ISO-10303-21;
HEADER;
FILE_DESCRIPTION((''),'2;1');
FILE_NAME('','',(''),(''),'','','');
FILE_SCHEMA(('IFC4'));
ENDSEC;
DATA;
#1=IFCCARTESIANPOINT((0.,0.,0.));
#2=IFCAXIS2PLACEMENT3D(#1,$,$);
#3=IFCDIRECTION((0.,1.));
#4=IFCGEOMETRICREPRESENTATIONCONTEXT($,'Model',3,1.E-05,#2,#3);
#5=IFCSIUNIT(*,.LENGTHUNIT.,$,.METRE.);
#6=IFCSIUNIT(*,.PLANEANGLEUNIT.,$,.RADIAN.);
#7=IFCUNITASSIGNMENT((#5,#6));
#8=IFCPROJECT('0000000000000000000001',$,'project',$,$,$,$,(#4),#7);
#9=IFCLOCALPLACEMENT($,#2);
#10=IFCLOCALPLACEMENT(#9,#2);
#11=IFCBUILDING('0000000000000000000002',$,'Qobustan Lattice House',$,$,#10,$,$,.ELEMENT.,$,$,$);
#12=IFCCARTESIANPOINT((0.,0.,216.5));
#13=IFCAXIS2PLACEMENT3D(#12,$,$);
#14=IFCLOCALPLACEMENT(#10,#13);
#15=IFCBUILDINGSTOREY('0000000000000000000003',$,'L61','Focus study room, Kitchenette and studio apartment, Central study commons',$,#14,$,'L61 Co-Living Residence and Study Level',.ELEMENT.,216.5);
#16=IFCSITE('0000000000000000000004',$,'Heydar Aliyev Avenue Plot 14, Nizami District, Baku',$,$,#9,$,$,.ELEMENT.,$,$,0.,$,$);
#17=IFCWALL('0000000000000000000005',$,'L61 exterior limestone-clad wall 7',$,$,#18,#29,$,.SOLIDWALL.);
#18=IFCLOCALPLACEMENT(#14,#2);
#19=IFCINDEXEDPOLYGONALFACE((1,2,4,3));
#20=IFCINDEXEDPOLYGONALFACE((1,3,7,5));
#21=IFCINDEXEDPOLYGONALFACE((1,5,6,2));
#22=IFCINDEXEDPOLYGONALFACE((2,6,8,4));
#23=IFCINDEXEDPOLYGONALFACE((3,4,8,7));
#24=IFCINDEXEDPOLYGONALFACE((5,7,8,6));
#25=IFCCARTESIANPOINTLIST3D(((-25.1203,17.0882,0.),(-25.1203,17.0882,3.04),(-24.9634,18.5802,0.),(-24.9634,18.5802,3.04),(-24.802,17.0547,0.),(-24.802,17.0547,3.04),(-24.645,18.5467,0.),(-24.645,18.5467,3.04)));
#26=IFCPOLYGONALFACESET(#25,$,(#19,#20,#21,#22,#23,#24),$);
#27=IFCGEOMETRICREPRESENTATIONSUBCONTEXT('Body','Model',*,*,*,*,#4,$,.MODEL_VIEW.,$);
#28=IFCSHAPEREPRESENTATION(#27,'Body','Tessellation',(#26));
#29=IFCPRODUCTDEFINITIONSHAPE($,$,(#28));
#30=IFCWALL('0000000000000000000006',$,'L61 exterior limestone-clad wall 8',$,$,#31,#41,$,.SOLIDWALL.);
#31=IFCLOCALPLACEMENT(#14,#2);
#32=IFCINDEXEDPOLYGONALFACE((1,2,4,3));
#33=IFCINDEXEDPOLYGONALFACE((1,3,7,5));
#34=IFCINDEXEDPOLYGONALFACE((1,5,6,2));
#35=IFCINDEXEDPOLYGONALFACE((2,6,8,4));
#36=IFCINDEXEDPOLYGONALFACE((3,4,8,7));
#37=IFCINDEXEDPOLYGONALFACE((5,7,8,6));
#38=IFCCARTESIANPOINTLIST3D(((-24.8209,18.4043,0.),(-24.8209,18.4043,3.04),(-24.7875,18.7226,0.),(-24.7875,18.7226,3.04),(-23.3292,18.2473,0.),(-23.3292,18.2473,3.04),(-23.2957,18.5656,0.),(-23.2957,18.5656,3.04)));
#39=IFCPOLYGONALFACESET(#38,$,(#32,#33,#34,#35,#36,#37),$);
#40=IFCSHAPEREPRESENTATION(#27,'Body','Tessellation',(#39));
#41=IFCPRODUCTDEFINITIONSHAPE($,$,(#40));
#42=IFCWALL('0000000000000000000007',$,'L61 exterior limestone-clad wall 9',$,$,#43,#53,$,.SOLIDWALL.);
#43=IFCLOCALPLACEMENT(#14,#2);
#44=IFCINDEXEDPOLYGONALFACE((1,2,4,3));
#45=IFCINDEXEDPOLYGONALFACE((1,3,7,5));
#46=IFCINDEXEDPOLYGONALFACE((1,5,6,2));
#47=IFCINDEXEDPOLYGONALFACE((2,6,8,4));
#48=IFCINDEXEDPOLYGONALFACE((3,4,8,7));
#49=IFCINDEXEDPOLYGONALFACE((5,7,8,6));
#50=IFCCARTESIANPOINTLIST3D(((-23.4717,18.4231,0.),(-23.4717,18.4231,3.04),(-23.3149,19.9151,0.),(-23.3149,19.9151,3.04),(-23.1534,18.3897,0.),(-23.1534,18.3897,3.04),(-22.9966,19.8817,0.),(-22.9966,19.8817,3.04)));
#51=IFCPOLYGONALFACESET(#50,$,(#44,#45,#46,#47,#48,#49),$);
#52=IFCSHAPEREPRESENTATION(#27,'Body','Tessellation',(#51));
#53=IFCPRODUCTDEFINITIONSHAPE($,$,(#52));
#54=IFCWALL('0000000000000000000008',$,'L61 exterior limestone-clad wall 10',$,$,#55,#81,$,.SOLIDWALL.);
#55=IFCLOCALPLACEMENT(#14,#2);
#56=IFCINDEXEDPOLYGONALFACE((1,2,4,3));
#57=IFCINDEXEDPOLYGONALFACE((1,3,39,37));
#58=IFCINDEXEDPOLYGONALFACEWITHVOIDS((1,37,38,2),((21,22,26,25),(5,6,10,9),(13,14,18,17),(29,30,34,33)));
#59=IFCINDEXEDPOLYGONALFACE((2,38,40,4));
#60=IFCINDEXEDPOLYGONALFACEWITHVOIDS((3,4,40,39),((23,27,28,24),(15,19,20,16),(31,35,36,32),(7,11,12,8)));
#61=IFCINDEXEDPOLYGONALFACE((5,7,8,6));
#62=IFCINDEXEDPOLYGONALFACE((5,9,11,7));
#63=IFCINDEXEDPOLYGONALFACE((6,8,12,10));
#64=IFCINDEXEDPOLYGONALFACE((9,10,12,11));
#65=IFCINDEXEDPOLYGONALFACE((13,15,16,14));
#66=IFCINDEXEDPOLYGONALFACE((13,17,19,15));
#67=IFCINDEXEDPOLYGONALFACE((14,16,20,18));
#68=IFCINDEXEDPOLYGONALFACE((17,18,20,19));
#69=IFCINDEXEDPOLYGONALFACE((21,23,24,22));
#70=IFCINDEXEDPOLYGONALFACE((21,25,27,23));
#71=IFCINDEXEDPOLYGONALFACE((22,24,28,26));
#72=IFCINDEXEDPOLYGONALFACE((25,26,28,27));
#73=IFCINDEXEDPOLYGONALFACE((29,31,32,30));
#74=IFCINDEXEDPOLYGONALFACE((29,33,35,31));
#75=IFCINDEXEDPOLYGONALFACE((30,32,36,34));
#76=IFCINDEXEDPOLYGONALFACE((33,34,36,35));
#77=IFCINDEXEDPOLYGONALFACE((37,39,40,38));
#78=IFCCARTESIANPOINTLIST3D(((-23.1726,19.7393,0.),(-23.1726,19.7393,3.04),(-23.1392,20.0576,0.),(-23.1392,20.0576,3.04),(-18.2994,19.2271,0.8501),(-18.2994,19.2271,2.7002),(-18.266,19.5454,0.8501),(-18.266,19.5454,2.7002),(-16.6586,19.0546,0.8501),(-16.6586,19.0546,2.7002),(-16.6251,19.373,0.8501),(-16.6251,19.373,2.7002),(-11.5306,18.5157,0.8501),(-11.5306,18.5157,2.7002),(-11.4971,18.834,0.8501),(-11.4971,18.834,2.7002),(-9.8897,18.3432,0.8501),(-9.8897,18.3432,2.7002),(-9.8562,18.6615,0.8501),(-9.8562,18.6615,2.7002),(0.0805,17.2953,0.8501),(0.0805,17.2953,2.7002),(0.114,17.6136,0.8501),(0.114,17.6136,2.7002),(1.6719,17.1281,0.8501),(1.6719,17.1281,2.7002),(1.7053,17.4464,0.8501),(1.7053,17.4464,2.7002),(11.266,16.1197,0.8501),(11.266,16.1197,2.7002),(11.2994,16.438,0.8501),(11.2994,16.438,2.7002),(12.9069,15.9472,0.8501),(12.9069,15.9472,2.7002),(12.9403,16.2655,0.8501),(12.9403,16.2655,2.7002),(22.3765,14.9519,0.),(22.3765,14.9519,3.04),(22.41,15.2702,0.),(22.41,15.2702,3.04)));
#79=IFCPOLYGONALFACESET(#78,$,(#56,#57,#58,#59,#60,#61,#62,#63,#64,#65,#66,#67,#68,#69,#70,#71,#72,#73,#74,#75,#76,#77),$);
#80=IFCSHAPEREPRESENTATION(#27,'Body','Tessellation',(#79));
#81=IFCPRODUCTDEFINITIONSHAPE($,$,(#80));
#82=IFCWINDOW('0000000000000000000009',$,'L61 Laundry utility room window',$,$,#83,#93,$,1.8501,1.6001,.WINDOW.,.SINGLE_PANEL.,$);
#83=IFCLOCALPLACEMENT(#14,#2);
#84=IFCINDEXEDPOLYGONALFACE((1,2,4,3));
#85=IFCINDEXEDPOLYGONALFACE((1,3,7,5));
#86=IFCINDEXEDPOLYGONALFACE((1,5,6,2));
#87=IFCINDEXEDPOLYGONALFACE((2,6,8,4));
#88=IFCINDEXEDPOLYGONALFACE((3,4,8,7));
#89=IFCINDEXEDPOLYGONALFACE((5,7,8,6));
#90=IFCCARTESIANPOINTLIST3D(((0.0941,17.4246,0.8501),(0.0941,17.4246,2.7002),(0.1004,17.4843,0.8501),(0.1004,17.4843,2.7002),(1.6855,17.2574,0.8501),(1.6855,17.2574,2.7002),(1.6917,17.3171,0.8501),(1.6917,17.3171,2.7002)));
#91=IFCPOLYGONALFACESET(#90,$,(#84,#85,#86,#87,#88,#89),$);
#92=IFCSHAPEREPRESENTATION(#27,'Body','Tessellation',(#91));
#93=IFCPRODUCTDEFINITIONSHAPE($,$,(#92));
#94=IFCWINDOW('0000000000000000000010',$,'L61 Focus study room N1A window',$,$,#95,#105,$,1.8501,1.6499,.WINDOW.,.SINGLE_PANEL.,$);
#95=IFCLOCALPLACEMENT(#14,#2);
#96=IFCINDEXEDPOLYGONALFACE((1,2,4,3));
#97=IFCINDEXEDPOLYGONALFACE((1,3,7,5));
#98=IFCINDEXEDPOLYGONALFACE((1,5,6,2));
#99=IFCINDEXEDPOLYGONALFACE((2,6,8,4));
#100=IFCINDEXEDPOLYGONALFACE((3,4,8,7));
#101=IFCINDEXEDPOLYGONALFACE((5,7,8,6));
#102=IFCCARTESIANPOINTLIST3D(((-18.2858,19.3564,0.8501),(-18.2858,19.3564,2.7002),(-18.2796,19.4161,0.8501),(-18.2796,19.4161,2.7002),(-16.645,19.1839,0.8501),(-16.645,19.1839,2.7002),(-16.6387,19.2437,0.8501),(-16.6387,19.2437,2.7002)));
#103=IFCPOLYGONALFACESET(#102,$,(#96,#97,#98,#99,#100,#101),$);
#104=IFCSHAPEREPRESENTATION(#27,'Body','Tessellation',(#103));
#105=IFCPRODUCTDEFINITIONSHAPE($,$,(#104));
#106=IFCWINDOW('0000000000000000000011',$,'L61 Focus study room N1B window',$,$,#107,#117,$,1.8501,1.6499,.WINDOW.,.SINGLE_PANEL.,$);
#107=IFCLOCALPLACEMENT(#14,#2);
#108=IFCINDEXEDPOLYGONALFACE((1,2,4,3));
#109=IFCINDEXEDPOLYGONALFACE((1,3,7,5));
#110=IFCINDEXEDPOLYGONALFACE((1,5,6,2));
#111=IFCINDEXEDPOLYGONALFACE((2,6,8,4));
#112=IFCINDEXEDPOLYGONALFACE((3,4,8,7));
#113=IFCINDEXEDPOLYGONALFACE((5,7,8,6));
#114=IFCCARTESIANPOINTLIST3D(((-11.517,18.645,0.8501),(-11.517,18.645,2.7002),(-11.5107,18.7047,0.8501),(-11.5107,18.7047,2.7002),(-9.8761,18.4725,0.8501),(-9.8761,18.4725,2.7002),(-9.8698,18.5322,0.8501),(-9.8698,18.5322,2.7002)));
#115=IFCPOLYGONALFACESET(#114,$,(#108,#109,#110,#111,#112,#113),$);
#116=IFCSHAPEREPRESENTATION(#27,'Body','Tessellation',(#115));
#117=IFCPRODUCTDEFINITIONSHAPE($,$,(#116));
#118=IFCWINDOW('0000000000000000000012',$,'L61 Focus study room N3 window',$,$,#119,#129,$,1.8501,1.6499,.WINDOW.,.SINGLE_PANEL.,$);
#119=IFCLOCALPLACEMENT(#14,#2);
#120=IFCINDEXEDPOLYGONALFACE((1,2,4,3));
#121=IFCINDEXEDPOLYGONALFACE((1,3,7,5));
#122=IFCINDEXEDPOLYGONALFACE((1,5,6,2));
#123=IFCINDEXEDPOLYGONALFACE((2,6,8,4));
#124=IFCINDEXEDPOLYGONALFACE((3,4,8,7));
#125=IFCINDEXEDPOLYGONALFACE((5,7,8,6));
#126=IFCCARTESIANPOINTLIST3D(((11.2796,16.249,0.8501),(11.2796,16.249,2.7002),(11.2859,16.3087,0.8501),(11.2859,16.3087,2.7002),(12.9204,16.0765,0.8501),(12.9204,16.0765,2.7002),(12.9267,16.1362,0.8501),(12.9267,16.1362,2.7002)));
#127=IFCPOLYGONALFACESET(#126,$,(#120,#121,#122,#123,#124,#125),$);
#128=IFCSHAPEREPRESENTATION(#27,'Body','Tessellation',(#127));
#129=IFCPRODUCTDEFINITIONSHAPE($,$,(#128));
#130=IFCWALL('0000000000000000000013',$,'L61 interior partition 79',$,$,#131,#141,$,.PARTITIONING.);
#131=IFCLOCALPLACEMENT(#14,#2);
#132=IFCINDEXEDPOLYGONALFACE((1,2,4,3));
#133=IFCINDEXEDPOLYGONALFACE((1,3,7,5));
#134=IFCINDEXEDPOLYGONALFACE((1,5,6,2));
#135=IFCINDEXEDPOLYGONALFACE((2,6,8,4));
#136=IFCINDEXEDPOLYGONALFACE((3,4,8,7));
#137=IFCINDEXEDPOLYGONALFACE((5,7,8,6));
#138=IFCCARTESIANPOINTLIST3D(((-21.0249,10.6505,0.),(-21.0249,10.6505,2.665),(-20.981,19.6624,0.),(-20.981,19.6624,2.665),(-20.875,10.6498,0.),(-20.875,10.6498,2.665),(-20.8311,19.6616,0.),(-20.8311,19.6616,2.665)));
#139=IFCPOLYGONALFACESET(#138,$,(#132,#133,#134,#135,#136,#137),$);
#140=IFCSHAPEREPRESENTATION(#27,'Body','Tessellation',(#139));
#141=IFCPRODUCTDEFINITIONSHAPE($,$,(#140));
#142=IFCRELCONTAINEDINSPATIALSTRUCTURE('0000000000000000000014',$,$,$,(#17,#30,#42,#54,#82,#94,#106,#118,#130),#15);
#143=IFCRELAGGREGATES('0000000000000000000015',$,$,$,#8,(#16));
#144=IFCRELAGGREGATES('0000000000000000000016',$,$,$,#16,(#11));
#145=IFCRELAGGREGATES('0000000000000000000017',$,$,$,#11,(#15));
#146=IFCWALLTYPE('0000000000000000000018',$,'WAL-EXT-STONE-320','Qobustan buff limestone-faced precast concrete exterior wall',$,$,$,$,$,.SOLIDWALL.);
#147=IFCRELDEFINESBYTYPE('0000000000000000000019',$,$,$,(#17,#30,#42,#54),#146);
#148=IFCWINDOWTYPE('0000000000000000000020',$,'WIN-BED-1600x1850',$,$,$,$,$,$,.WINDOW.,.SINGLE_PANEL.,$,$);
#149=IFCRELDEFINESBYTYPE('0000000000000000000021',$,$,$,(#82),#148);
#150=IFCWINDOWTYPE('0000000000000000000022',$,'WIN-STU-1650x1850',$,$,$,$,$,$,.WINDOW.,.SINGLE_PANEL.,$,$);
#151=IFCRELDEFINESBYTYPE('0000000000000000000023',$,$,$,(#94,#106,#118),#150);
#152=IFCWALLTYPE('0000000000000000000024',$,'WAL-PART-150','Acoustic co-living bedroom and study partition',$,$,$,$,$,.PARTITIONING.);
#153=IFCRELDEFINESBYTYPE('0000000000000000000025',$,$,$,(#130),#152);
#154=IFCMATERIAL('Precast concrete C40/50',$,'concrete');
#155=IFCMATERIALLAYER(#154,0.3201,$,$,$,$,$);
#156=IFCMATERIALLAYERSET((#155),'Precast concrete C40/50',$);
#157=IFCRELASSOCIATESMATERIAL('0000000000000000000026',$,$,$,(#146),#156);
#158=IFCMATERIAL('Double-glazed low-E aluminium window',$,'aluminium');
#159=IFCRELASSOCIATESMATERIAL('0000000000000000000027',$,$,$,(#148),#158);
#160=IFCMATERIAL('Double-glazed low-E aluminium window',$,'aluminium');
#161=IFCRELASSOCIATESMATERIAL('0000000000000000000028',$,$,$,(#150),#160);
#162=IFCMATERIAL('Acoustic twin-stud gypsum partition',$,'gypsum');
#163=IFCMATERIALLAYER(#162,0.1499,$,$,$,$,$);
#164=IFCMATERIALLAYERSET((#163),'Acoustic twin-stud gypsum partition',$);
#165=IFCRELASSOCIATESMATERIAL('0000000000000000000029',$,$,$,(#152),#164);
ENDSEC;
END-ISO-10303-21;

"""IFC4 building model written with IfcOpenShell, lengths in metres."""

from ifc_helpers import new_model, si_unit, direction, frame, frame_2d, origin, place, context, subcontext, project, spatial, rectangle, extrude, material, layer, layer_set, type_object, element, fill, save


model = new_model("IFC4")

# Units and contexts
model_context = context("Model", 3, precision=1e-05, world=origin(), true_north=direction((0.0, 1.0)))
body_context = subcontext(model_context, "Body", "Model", "MODEL_VIEW")
ifc_project = project(units=[si_unit("LENGTHUNIT", "METRE"), si_unit("PLANEANGLEUNIT", "RADIAN")], contexts=[model_context])

# Site, building, storey
site_placement = place(None, origin())
site = spatial("IfcSite", under=ifc_project, at=site_placement, Name="Heydar Aliyev Avenue Plot 14, Nizami District, Baku", CompositionType="ELEMENT", RefElevation=0.0)
building_placement = place(site_placement, origin())
building = spatial("IfcBuilding", under=site, at=building_placement, Name="Qobustan Lattice House", CompositionType="ELEMENT")
storey_placement = place(building_placement, frame((0.0, 0.0, 216.5)))
storey = spatial("IfcBuildingStorey", under=building, at=storey_placement, Name="L61", Description="Focus study room, Kitchenette and studio apartment, Central study commons", LongName="L61 Co-Living Residence and Study Level", CompositionType="ELEMENT", Elevation=216.5)

# Walls
ifc_material_1 = material(Name="Precast concrete C40/50", Category="concrete")
ifc_layer_1 = layer(ifc_material_1, 0.3201)
ifc_layer_set_1 = layer_set([ifc_layer_1], Name="Precast concrete C40/50")
wall_type_1 = type_object("IfcWallType", Name="WAL-EXT-STONE-320", Description="Qobustan buff limestone-faced precast concrete exterior wall", PredefinedType="SOLIDWALL", material=ifc_layer_set_1)
wall_1_placement = place(storey_placement, frame((-24.9612, 17.0715, 0.0), z_axis=(0.0, 0.0, 1.0), x_axis=(0.104642, 0.99451, 0.0)))
element("IfcWall", 1, at=wall_1_placement, inside=storey, type_object=wall_type_1, Name="L61 exterior limestone-clad wall 7", PredefinedType="SOLIDWALL", context=body_context, shape_type="SweptSolid", body=[
    extrude(rectangle(XDim=1.5002, YDim=0.3201, at=frame_2d((0.75, 0.0))), origin(), (0.0, 0.0, 1.0), 3.04),
])
wall_2_placement = place(storey_placement, frame((-24.8042, 18.5635, 0.0), z_axis=(0.0, 0.0, 1.0), x_axis=(0.994508, -0.104659, 0.0)))
element("IfcWall", 2, at=wall_2_placement, inside=storey, type_object=wall_type_1, Name="L61 exterior limestone-clad wall 8", PredefinedType="SOLIDWALL", context=body_context, shape_type="SweptSolid", body=[
    extrude(rectangle(XDim=1.5, YDim=0.3201, at=frame_2d((0.75, 0.0))), origin(), (0.0, 0.0, 1.0), 3.04),
])
wall_3_placement = place(storey_placement, frame((-23.3125, 18.4065, 0.0), z_axis=(0.0, 0.0, 1.0), x_axis=(0.104481, 0.994527, 0.0)))
element("IfcWall", 3, at=wall_3_placement, inside=storey, type_object=wall_type_1, Name="L61 exterior limestone-clad wall 9", PredefinedType="SOLIDWALL", context=body_context, shape_type="SweptSolid", body=[
    extrude(rectangle(XDim=1.5002, YDim=0.3201, at=frame_2d((0.75, 0.0))), origin(), (0.0, 0.0, 1.0), 3.04),
])

# Wall, openings, windows
wall_4_placement = place(storey_placement, frame((-23.1558, 19.8984, 0.0), z_axis=(0.0, 0.0, 1.0), x_axis=(0.994522, -0.104527, 0.0)))
wall_4 = element("IfcWall", 4, at=wall_4_placement, inside=storey, type_object=wall_type_1, Name="L61 exterior limestone-clad wall 10", PredefinedType="SOLIDWALL", context=body_context, shape_type="SweptSolid", body=[
    extrude(rectangle(XDim=45.8, YDim=0.3201, at=frame_2d((22.8999, 0.0))), origin(), (0.0, 0.0, 1.0), 3.04),
])
opening_1_placement = place(wall_4_placement, frame((4.8999, 0.0, 0.8501)))
opening_1 = element("IfcOpeningElement", 5, at=opening_1_placement, cuts=wall_4, PredefinedType="OPENING", context=body_context, shape_type="SweptSolid", body=[
    extrude(rectangle(XDim=1.6499, YDim=1.8501, at=frame_2d((0.825, 0.925))), frame((0.0, 0.1699, 0.0), z_axis=(0.0, -1.0, 0.0), x_axis=(1.0, 0.0, 0.0)), (0.0, 0.0, 1.0), 0.3401),
])
opening_2_placement = place(wall_4_placement, frame((11.7061, 0.0, 0.8501)))
opening_2 = element("IfcOpeningElement", 6, at=opening_2_placement, cuts=wall_4, PredefinedType="OPENING", context=body_context, shape_type="SweptSolid", body=[
    extrude(rectangle(XDim=1.6499, YDim=1.8501, at=frame_2d((0.825, 0.925))), frame((0.0, 0.1699, 0.0), z_axis=(0.0, -1.0, 0.0), x_axis=(1.0, 0.0, 0.0)), (0.0, 0.0, 1.0), 0.3401),
])
opening_3_placement = place(wall_4_placement, frame((23.3811, 0.0, 0.8501)))
opening_3 = element("IfcOpeningElement", 7, at=opening_3_placement, cuts=wall_4, PredefinedType="OPENING", context=body_context, shape_type="SweptSolid", body=[
    extrude(rectangle(XDim=1.6001, YDim=1.8501, at=frame_2d((0.8, 0.925))), frame((0.0, 0.1699, 0.0), z_axis=(0.0, -1.0, 0.0), x_axis=(1.0, 0.0, 0.0)), (0.0, 0.0, 1.0), 0.3401),
])
opening_4_placement = place(wall_4_placement, frame((34.6282, 0.0, 0.8501)))
opening_4 = element("IfcOpeningElement", 8, at=opening_4_placement, cuts=wall_4, PredefinedType="OPENING", context=body_context, shape_type="SweptSolid", body=[
    extrude(rectangle(XDim=1.6499, YDim=1.8501, at=frame_2d((0.825, 0.925))), frame((0.0, 0.1699, 0.0), z_axis=(0.0, -1.0, 0.0), x_axis=(1.0, 0.0, 0.0)), (0.0, 0.0, 1.0), 0.3401),
])
ifc_material_2 = material(Name="Double-glazed low-E aluminium window", Category="aluminium")
window_type_1 = type_object("IfcWindowType", Name="WIN-BED-1600x1850", PartitioningType="SINGLE_PANEL", PredefinedType="WINDOW", material=ifc_material_2)
window_1_placement = place(opening_3_placement, origin())
window_1 = element("IfcWindow", 9, at=window_1_placement, inside=storey, type_object=window_type_1, Name="L61 Laundry utility room window", OverallHeight=1.8501, OverallWidth=1.6001, PartitioningType="SINGLE_PANEL", PredefinedType="WINDOW", context=body_context, shape_type="SweptSolid", body=[
    extrude(rectangle(XDim=1.6001, YDim=1.8501, at=frame_2d((0.8, 0.925))), frame((0.0, 0.03, 0.0), z_axis=(0.0, -1.0, 0.0), x_axis=(1.0, 0.0, 0.0)), (0.0, 0.0, 1.0), 0.0601),
])
fill(opening_3, window_1)
ifc_material_3 = material(Name="Double-glazed low-E aluminium window", Category="aluminium")
window_type_2 = type_object("IfcWindowType", Name="WIN-STU-1650x1850", PartitioningType="SINGLE_PANEL", PredefinedType="WINDOW", material=ifc_material_3)
window_2_placement = place(opening_1_placement, origin())
window_2 = element("IfcWindow", 10, at=window_2_placement, inside=storey, type_object=window_type_2, Name="L61 Focus study room N1A window", OverallHeight=1.8501, OverallWidth=1.6499, PartitioningType="SINGLE_PANEL", PredefinedType="WINDOW", context=body_context, shape_type="SweptSolid", body=[
    extrude(rectangle(XDim=1.6499, YDim=1.8501, at=frame_2d((0.825, 0.925))), frame((0.0, 0.03, 0.0), z_axis=(0.0, -1.0, 0.0), x_axis=(1.0, 0.0, 0.0)), (0.0, 0.0, 1.0), 0.0601),
])
fill(opening_1, window_2)
window_3_placement = place(opening_2_placement, origin())
window_3 = element("IfcWindow", 11, at=window_3_placement, inside=storey, type_object=window_type_2, Name="L61 Focus study room N1B window", OverallHeight=1.8501, OverallWidth=1.6499, PartitioningType="SINGLE_PANEL", PredefinedType="WINDOW", context=body_context, shape_type="SweptSolid", body=[
    extrude(rectangle(XDim=1.6499, YDim=1.8501, at=frame_2d((0.825, 0.925))), frame((0.0, 0.03, 0.0), z_axis=(0.0, -1.0, 0.0), x_axis=(1.0, 0.0, 0.0)), (0.0, 0.0, 1.0), 0.0601),
])
fill(opening_2, window_3)
window_4_placement = place(opening_4_placement, origin())
window_4 = element("IfcWindow", 12, at=window_4_placement, inside=storey, type_object=window_type_2, Name="L61 Focus study room N3 window", OverallHeight=1.8501, OverallWidth=1.6499, PartitioningType="SINGLE_PANEL", PredefinedType="WINDOW", context=body_context, shape_type="SweptSolid", body=[
    extrude(rectangle(XDim=1.6499, YDim=1.8501, at=frame_2d((0.825, 0.925))), frame((0.0, 0.03, 0.0), z_axis=(0.0, -1.0, 0.0), x_axis=(1.0, 0.0, 0.0)), (0.0, 0.0, 1.0), 0.0601),
])
fill(opening_4, window_4)

# Wall
ifc_material_4 = material(Name="Acoustic twin-stud gypsum partition", Category="gypsum")
ifc_layer_2 = layer(ifc_material_4, 0.1499)
ifc_layer_set_2 = layer_set([ifc_layer_2], Name="Acoustic twin-stud gypsum partition")
wall_type_2 = type_object("IfcWallType", Name="WAL-PART-150", Description="Acoustic co-living bedroom and study partition", PredefinedType="PARTITIONING", material=ifc_layer_set_2)
wall_5_placement = place(storey_placement, frame((-20.906, 19.6619, 0.0), z_axis=(0.0, 0.0, 1.0), x_axis=(-0.004876, -0.999988, 0.0)))
element("IfcWall", 13, at=wall_5_placement, inside=storey, type_object=wall_type_2, Name="L61 interior partition 79", PredefinedType="PARTITIONING", context=body_context, shape_type="SweptSolid", body=[
    extrude(rectangle(XDim=9.012, YDim=0.1499, at=frame_2d((4.5059, 0.0))), origin(), (0.0, 0.0, 1.0), 2.665),
])

save(model, "model.ifc")
